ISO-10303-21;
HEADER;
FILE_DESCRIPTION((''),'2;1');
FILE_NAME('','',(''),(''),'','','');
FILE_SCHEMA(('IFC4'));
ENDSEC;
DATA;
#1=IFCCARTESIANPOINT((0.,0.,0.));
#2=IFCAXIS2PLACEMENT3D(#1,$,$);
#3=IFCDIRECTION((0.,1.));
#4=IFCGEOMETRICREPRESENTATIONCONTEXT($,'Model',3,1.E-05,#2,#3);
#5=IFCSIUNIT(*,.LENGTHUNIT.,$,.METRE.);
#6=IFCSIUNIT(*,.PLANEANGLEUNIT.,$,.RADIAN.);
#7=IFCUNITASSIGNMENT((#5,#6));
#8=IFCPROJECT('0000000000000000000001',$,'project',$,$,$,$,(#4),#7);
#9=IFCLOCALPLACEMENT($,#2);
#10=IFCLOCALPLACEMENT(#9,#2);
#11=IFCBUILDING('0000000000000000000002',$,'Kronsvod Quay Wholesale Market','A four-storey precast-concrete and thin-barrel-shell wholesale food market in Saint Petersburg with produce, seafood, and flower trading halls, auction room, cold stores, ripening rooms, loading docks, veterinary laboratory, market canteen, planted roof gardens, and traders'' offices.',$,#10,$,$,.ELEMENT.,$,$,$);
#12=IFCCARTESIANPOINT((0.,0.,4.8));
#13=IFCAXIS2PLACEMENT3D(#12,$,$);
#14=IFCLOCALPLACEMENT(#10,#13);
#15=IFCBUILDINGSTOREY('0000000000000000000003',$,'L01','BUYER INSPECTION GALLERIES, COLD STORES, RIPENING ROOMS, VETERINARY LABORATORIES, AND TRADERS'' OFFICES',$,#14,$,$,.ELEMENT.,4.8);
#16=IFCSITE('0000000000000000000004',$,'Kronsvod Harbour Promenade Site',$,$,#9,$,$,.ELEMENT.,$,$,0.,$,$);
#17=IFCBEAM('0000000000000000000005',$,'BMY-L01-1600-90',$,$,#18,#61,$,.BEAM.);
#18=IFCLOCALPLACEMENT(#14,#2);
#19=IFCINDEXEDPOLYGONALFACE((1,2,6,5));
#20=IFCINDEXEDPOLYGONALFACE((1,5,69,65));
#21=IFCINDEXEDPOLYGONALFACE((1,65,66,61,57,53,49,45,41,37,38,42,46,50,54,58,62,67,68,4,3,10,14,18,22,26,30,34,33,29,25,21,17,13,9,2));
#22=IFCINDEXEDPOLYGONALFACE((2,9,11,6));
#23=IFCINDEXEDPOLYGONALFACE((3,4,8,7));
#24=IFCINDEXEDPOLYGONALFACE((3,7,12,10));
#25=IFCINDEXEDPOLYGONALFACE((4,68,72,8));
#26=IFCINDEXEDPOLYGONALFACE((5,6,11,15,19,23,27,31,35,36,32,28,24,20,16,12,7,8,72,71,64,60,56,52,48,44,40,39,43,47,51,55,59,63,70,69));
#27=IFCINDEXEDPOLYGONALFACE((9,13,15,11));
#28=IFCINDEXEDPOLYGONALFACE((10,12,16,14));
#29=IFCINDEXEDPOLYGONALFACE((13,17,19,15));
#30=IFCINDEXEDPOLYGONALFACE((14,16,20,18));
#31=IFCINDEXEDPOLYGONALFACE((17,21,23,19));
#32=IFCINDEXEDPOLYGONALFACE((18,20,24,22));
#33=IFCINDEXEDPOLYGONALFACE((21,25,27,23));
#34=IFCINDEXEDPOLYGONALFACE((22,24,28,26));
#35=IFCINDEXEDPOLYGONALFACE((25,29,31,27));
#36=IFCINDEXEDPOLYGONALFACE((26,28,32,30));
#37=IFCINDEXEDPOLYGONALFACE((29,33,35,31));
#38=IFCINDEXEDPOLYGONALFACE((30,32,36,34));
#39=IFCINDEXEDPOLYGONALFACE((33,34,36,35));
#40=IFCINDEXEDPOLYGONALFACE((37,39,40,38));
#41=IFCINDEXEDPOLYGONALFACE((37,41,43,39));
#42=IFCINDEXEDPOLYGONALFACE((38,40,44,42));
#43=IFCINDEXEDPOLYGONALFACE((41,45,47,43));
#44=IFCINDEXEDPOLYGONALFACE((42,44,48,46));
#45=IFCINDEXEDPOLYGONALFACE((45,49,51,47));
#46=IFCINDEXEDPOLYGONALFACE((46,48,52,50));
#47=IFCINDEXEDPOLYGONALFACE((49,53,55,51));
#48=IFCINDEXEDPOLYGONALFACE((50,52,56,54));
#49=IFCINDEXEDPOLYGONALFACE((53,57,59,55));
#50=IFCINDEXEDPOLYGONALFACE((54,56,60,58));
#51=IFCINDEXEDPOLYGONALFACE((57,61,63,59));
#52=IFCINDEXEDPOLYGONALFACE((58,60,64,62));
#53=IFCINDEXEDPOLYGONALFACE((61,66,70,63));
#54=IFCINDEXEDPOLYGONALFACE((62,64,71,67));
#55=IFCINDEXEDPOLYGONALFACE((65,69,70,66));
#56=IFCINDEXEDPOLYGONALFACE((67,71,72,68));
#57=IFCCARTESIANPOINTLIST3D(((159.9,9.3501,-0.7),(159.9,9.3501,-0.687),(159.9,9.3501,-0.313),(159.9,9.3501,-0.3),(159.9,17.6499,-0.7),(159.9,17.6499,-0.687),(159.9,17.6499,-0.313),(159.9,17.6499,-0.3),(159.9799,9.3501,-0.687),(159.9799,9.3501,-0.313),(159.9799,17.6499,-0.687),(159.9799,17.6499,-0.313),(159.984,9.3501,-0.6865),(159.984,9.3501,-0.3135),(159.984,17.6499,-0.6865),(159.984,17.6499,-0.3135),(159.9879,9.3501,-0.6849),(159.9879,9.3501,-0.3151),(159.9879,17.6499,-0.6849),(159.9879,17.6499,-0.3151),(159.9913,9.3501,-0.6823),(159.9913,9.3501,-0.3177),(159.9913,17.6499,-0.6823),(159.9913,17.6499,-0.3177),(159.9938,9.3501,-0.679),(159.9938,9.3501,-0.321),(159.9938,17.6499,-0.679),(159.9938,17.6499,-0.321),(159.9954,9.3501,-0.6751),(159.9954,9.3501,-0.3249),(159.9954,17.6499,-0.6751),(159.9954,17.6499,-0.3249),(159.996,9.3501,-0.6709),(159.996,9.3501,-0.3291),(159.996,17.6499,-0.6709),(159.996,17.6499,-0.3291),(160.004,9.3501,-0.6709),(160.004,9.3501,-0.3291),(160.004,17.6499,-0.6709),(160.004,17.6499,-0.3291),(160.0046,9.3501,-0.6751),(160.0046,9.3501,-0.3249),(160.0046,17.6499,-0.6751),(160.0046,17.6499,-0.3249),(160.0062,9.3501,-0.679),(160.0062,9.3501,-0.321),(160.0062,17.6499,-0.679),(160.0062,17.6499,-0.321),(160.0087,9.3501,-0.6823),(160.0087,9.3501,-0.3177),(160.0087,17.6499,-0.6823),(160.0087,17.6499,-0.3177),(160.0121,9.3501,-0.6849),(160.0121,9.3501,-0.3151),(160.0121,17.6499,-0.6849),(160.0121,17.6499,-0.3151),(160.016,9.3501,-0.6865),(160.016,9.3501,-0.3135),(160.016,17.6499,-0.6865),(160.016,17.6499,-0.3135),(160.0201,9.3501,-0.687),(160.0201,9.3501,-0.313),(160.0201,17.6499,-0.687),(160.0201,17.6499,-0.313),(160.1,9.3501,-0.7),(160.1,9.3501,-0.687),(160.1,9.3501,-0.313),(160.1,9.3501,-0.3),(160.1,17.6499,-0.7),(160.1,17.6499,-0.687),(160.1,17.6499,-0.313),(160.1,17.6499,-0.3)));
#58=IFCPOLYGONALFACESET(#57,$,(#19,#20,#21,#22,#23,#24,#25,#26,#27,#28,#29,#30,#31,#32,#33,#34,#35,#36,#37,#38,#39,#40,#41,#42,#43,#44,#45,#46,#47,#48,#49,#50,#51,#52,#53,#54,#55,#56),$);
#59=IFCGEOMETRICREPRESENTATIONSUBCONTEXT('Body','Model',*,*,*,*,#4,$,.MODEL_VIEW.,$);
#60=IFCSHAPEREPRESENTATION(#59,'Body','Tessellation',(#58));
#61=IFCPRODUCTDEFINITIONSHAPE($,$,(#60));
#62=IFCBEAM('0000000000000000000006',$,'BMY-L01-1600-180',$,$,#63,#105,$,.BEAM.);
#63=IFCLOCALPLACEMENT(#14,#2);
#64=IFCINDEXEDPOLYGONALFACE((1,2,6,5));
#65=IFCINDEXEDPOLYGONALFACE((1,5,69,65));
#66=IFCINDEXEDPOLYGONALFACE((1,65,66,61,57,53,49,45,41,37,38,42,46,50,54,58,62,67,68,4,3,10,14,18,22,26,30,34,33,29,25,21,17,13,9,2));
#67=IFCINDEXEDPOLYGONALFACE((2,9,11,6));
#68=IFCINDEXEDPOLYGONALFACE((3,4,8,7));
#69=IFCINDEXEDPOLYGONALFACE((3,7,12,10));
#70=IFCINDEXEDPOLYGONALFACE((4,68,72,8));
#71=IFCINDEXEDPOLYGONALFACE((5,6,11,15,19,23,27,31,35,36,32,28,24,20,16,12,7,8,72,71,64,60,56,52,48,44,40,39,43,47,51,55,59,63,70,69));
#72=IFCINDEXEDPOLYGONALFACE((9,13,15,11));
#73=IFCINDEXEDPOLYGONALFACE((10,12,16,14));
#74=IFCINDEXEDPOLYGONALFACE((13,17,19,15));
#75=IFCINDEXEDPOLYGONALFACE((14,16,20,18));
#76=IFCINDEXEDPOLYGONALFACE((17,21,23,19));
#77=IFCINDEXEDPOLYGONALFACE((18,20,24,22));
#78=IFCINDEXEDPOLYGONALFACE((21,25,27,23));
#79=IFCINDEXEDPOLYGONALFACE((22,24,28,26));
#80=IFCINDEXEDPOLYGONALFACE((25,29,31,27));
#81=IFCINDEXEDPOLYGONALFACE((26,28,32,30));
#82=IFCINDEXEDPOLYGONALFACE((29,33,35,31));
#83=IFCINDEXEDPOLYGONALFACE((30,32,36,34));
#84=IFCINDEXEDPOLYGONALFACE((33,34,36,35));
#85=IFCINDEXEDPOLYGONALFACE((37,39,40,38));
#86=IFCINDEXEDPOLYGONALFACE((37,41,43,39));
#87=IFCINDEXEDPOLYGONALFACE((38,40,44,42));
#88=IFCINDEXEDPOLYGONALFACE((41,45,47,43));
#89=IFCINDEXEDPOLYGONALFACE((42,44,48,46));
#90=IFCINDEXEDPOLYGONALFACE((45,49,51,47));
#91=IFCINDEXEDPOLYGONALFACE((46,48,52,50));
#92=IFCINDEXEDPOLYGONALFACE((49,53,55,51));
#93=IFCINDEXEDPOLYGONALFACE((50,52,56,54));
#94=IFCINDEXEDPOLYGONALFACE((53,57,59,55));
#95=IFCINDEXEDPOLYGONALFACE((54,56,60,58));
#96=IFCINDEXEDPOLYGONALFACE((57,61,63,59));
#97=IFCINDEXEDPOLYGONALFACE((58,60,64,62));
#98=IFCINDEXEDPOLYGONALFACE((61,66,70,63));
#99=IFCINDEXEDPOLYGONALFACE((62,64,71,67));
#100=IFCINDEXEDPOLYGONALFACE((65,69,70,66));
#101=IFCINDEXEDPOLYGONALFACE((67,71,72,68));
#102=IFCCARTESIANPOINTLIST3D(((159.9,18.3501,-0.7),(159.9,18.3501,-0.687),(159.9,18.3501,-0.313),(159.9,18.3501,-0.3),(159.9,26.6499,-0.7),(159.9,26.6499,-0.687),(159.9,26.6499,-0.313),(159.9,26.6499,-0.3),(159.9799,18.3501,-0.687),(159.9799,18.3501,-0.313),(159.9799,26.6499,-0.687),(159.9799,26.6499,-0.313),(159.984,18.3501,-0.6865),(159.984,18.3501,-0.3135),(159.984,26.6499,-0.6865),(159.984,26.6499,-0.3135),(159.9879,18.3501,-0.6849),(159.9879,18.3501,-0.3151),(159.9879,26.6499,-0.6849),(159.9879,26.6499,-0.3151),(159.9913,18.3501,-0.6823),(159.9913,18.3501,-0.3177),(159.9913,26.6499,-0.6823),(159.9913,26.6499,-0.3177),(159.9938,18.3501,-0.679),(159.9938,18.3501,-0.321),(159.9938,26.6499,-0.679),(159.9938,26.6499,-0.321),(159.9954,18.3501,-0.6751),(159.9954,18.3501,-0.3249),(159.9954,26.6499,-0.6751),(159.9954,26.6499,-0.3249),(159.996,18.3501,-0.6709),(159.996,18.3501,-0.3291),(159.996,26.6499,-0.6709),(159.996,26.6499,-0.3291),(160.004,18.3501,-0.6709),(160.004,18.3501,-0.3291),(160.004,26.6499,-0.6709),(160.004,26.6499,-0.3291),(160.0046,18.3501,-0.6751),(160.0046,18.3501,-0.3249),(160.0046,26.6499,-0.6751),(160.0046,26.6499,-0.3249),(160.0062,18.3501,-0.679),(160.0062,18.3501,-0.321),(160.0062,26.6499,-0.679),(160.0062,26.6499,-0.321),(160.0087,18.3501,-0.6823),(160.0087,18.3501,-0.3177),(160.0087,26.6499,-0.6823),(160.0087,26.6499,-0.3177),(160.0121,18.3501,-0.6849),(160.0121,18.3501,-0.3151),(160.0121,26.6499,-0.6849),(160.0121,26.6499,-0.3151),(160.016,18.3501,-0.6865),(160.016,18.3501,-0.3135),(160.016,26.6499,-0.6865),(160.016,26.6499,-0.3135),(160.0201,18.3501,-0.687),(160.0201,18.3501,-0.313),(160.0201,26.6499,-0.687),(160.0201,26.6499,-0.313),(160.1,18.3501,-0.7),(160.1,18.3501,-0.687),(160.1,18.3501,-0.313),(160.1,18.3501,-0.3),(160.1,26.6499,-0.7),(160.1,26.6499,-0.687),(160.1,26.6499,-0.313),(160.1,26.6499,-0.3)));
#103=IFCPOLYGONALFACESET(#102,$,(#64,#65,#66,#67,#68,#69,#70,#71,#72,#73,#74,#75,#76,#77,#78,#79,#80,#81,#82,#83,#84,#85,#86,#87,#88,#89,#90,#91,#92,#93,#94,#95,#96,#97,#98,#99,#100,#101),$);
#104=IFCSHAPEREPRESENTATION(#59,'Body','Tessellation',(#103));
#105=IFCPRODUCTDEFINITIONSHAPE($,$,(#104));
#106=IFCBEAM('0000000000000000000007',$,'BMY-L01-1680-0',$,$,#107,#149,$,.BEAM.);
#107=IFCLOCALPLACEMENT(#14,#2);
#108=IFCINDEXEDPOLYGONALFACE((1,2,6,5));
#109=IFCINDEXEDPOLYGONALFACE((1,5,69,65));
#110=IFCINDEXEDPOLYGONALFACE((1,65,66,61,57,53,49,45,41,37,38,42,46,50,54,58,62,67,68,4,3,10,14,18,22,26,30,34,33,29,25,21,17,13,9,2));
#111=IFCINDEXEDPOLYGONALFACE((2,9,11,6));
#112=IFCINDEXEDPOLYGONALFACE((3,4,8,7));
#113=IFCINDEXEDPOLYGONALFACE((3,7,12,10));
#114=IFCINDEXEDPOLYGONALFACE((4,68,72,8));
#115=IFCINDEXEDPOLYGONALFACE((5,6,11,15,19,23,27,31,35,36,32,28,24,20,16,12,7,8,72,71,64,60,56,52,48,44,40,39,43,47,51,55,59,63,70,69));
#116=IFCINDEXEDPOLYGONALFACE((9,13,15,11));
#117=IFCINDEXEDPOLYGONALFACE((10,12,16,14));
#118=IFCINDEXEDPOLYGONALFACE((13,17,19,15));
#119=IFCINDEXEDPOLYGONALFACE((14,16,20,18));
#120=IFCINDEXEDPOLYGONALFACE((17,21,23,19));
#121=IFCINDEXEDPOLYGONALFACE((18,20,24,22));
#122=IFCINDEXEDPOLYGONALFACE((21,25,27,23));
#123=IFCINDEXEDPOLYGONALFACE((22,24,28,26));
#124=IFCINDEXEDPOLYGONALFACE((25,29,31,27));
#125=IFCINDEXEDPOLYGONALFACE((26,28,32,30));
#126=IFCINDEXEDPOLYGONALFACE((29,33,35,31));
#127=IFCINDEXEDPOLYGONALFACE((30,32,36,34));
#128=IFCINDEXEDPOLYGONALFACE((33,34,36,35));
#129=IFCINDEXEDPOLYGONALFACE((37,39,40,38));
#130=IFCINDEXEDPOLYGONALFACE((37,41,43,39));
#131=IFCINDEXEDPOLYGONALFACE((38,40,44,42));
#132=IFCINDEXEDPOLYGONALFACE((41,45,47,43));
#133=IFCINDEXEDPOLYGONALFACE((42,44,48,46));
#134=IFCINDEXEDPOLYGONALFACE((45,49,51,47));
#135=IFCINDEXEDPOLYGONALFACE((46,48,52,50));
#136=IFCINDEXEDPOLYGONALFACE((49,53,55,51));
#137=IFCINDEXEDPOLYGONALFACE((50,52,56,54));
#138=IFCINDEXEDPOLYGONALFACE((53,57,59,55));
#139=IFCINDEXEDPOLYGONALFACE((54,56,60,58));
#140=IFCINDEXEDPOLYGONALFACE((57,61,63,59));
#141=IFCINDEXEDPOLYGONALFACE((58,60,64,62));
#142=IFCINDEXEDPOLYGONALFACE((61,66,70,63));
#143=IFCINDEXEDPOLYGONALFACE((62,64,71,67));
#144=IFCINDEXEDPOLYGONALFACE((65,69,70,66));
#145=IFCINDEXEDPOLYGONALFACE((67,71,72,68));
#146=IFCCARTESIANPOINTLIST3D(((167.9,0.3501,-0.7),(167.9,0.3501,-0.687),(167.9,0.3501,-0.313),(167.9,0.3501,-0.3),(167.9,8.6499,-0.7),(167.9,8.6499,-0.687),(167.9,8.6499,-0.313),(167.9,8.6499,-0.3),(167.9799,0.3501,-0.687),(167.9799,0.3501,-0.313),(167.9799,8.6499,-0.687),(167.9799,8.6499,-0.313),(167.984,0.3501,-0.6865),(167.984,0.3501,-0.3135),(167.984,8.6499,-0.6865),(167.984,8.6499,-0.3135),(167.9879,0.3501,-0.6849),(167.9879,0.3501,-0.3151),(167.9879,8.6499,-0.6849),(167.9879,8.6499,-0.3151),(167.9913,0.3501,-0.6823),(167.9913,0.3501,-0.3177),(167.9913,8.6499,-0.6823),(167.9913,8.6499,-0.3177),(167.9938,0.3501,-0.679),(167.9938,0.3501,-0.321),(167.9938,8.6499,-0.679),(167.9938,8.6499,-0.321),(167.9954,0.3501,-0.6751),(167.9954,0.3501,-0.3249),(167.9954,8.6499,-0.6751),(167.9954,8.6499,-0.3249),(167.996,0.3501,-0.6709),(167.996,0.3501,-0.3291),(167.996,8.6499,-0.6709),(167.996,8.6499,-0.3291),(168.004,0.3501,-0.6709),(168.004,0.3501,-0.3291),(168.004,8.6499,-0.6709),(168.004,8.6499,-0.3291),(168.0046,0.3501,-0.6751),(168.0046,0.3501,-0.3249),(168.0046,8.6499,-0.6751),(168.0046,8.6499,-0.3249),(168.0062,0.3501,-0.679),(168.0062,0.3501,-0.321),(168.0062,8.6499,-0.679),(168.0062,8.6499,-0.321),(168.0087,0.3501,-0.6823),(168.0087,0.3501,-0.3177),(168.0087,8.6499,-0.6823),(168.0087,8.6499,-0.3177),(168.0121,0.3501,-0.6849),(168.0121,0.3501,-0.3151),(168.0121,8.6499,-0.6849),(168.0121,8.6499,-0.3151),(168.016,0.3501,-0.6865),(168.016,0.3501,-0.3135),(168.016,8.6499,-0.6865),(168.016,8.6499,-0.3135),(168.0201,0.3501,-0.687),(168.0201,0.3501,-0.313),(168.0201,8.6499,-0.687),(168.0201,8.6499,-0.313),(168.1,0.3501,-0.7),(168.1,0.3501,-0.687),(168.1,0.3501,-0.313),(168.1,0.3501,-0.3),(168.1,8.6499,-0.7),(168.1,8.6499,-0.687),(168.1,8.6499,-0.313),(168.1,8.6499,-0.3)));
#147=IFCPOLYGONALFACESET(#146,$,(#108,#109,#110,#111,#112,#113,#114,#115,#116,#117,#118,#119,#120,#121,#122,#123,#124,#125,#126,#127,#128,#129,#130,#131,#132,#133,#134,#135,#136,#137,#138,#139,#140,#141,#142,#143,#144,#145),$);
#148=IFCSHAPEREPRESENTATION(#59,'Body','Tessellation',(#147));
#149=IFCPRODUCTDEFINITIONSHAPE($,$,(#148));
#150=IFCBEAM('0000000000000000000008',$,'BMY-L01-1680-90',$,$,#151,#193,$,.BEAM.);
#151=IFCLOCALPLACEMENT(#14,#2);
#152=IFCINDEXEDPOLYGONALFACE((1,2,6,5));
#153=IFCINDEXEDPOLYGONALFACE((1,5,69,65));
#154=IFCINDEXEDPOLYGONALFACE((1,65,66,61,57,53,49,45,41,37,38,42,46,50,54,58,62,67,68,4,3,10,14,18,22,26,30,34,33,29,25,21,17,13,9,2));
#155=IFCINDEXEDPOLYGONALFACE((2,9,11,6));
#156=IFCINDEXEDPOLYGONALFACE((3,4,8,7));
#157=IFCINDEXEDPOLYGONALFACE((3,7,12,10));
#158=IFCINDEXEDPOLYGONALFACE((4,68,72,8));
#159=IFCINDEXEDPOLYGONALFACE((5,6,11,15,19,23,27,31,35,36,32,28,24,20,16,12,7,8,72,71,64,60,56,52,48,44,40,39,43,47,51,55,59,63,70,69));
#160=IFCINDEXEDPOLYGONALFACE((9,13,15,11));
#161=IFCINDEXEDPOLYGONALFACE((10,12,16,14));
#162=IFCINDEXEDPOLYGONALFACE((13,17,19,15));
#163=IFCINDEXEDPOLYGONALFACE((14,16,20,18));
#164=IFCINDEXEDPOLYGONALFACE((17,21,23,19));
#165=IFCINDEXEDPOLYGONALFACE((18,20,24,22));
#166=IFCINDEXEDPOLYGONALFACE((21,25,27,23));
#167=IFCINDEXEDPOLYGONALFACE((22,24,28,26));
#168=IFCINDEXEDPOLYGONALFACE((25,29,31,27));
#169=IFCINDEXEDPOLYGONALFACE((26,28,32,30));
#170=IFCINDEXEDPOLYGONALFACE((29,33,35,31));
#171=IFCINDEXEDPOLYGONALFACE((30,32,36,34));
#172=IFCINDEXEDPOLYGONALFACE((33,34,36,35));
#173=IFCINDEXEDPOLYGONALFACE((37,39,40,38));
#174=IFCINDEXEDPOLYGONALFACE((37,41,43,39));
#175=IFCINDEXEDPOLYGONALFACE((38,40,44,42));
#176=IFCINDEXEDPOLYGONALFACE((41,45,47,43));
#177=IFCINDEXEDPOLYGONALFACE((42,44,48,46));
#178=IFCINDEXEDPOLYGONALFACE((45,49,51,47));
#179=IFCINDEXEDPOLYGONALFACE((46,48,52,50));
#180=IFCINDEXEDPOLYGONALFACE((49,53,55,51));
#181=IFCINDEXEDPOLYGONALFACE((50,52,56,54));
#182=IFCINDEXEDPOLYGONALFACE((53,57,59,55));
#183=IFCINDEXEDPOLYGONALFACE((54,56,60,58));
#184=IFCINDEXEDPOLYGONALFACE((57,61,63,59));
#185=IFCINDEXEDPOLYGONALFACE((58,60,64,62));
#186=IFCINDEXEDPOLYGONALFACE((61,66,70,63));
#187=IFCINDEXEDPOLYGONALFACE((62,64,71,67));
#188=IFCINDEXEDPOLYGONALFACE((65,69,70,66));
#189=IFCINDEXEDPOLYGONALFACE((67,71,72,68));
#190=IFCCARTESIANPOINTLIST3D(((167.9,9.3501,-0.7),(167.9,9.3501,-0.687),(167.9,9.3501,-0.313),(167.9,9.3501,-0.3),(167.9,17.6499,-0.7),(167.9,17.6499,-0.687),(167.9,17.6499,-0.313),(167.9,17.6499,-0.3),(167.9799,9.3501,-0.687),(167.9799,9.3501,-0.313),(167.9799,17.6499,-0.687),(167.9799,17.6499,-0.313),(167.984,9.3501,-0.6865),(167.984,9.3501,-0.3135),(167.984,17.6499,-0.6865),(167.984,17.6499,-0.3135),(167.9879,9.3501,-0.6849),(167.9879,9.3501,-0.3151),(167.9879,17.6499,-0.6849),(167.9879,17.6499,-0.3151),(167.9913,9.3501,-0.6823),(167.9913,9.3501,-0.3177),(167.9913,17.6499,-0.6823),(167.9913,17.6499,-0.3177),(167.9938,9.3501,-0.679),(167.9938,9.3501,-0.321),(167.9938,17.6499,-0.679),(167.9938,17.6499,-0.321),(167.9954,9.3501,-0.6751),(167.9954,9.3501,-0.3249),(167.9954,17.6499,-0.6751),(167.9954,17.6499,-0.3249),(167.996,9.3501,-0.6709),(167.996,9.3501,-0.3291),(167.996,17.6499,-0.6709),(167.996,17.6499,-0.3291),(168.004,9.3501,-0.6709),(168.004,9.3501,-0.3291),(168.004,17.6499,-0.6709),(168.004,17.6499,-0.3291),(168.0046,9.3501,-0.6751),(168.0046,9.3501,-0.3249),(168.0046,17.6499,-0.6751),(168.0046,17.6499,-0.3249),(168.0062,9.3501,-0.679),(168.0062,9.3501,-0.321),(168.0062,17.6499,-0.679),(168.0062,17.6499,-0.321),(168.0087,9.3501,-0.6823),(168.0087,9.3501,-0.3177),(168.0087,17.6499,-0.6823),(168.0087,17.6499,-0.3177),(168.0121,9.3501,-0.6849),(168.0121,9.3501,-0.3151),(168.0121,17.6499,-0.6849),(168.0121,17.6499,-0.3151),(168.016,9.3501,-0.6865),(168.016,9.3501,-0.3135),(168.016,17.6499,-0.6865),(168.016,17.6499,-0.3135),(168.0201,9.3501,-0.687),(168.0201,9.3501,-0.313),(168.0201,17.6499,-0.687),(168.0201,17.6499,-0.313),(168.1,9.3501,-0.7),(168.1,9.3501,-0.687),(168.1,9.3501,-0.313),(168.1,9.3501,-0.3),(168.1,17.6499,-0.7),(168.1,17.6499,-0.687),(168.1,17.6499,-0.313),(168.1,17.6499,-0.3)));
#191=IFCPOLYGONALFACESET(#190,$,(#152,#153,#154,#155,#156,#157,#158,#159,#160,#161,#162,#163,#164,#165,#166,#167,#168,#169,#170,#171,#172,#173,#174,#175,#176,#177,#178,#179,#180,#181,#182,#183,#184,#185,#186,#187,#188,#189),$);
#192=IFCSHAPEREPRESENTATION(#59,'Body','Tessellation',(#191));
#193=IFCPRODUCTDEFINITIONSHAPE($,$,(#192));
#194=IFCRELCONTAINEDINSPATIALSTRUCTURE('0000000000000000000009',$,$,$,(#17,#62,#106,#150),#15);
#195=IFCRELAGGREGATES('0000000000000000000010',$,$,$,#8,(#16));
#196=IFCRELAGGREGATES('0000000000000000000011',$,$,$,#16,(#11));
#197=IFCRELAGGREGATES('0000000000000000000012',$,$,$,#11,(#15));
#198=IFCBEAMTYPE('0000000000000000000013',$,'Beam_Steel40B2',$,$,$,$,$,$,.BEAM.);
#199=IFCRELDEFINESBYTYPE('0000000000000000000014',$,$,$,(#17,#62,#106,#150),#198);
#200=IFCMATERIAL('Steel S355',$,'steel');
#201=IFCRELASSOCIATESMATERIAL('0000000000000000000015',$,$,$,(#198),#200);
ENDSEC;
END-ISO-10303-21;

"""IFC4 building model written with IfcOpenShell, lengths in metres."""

from ifc_helpers import new_model, si_unit, direction, frame, origin, origin_2d, place, context, subcontext, project, spatial, i_section, extrude, material, material_profile, profile_set, type_object, element, save


model = new_model("IFC4")

# Units and contexts
model_context = context("Model", 3, precision=1e-05, world=origin(), true_north=direction((0.0, 1.0)))
body_context = subcontext(model_context, "Body", "Model", "MODEL_VIEW")
ifc_project = project(units=[si_unit("LENGTHUNIT", "METRE"), si_unit("PLANEANGLEUNIT", "RADIAN")], contexts=[model_context])

# Site, building, storey
site_placement = place(None, origin())
site = spatial("IfcSite", under=ifc_project, at=site_placement, Name="Kronsvod Harbour Promenade Site", CompositionType="ELEMENT", RefElevation=0.0)
building_placement = place(site_placement, origin())
building = spatial("IfcBuilding", under=site, at=building_placement, Name="Kronsvod Quay Wholesale Market", Description="A four-storey precast-concrete and thin-barrel-shell wholesale food market in Saint Petersburg with produce, seafood, and flower trading halls, auction room, cold stores, ripening rooms, loading docks, veterinary laboratory, market canteen, planted roof gardens, and traders' offices.", CompositionType="ELEMENT")
storey_placement = place(building_placement, frame((0.0, 0.0, 4.8)))
storey = spatial("IfcBuildingStorey", under=building, at=storey_placement, Name="L01", Description="BUYER INSPECTION GALLERIES, COLD STORES, RIPENING ROOMS, VETERINARY LABORATORIES, AND TRADERS' OFFICES", CompositionType="ELEMENT", Elevation=4.8)

# Beams
ifc_material_1 = material(Name="Steel S355", Category="steel")
ifc_material_profile_1 = material_profile(ifc_material_1, i_section(OverallWidth=0.2, OverallDepth=0.3999, WebThickness=0.0081, FlangeThickness=0.0129, FilletRadius=0.0161, at=origin_2d()), Name="40B2")
ifc_profile_set_1 = profile_set([ifc_material_profile_1], Name="Steel S355")
beam_type_1 = type_object("IfcBeamType", Name="Beam_Steel40B2", PredefinedType="BEAM", material=ifc_profile_set_1)
for number, where, z_axis, x_axis, name in (
    (1, (160.0, 9.3501, -0.5), (0.0, 1.0, 0.0), (-1.0, 0.0, 0.0), "BMY-L01-1600-90"),
    (2, (160.0, 18.3501, -0.5), (0.0, 1.0, 0.0), (-1.0, 0.0, 0.0), "BMY-L01-1600-180"),
    (3, (168.0, 0.3501, -0.5), (0.0, 1.0, 0.0), (-1.0, 0.0, 0.0), "BMY-L01-1680-0"),
    (4, (168.0, 9.3501, -0.5), (0.0, 1.0, 0.0), (-1.0, 0.0, 0.0), "BMY-L01-1680-90"),
):
    element("IfcBeam", number, at=place(storey_placement, frame(where, z_axis=z_axis, x_axis=x_axis)), inside=storey, type_object=beam_type_1, Name=name, PredefinedType="BEAM", context=body_context, shape_type="SweptSolid", body=[
        extrude(i_section(OverallWidth=0.2, OverallDepth=0.3999, WebThickness=0.0081, FlangeThickness=0.0129, FilletRadius=0.0161, at=origin_2d()), origin(), (0.0, 0.0, 1.0), 8.2998),
    ])

save(model, "model.ifc")
